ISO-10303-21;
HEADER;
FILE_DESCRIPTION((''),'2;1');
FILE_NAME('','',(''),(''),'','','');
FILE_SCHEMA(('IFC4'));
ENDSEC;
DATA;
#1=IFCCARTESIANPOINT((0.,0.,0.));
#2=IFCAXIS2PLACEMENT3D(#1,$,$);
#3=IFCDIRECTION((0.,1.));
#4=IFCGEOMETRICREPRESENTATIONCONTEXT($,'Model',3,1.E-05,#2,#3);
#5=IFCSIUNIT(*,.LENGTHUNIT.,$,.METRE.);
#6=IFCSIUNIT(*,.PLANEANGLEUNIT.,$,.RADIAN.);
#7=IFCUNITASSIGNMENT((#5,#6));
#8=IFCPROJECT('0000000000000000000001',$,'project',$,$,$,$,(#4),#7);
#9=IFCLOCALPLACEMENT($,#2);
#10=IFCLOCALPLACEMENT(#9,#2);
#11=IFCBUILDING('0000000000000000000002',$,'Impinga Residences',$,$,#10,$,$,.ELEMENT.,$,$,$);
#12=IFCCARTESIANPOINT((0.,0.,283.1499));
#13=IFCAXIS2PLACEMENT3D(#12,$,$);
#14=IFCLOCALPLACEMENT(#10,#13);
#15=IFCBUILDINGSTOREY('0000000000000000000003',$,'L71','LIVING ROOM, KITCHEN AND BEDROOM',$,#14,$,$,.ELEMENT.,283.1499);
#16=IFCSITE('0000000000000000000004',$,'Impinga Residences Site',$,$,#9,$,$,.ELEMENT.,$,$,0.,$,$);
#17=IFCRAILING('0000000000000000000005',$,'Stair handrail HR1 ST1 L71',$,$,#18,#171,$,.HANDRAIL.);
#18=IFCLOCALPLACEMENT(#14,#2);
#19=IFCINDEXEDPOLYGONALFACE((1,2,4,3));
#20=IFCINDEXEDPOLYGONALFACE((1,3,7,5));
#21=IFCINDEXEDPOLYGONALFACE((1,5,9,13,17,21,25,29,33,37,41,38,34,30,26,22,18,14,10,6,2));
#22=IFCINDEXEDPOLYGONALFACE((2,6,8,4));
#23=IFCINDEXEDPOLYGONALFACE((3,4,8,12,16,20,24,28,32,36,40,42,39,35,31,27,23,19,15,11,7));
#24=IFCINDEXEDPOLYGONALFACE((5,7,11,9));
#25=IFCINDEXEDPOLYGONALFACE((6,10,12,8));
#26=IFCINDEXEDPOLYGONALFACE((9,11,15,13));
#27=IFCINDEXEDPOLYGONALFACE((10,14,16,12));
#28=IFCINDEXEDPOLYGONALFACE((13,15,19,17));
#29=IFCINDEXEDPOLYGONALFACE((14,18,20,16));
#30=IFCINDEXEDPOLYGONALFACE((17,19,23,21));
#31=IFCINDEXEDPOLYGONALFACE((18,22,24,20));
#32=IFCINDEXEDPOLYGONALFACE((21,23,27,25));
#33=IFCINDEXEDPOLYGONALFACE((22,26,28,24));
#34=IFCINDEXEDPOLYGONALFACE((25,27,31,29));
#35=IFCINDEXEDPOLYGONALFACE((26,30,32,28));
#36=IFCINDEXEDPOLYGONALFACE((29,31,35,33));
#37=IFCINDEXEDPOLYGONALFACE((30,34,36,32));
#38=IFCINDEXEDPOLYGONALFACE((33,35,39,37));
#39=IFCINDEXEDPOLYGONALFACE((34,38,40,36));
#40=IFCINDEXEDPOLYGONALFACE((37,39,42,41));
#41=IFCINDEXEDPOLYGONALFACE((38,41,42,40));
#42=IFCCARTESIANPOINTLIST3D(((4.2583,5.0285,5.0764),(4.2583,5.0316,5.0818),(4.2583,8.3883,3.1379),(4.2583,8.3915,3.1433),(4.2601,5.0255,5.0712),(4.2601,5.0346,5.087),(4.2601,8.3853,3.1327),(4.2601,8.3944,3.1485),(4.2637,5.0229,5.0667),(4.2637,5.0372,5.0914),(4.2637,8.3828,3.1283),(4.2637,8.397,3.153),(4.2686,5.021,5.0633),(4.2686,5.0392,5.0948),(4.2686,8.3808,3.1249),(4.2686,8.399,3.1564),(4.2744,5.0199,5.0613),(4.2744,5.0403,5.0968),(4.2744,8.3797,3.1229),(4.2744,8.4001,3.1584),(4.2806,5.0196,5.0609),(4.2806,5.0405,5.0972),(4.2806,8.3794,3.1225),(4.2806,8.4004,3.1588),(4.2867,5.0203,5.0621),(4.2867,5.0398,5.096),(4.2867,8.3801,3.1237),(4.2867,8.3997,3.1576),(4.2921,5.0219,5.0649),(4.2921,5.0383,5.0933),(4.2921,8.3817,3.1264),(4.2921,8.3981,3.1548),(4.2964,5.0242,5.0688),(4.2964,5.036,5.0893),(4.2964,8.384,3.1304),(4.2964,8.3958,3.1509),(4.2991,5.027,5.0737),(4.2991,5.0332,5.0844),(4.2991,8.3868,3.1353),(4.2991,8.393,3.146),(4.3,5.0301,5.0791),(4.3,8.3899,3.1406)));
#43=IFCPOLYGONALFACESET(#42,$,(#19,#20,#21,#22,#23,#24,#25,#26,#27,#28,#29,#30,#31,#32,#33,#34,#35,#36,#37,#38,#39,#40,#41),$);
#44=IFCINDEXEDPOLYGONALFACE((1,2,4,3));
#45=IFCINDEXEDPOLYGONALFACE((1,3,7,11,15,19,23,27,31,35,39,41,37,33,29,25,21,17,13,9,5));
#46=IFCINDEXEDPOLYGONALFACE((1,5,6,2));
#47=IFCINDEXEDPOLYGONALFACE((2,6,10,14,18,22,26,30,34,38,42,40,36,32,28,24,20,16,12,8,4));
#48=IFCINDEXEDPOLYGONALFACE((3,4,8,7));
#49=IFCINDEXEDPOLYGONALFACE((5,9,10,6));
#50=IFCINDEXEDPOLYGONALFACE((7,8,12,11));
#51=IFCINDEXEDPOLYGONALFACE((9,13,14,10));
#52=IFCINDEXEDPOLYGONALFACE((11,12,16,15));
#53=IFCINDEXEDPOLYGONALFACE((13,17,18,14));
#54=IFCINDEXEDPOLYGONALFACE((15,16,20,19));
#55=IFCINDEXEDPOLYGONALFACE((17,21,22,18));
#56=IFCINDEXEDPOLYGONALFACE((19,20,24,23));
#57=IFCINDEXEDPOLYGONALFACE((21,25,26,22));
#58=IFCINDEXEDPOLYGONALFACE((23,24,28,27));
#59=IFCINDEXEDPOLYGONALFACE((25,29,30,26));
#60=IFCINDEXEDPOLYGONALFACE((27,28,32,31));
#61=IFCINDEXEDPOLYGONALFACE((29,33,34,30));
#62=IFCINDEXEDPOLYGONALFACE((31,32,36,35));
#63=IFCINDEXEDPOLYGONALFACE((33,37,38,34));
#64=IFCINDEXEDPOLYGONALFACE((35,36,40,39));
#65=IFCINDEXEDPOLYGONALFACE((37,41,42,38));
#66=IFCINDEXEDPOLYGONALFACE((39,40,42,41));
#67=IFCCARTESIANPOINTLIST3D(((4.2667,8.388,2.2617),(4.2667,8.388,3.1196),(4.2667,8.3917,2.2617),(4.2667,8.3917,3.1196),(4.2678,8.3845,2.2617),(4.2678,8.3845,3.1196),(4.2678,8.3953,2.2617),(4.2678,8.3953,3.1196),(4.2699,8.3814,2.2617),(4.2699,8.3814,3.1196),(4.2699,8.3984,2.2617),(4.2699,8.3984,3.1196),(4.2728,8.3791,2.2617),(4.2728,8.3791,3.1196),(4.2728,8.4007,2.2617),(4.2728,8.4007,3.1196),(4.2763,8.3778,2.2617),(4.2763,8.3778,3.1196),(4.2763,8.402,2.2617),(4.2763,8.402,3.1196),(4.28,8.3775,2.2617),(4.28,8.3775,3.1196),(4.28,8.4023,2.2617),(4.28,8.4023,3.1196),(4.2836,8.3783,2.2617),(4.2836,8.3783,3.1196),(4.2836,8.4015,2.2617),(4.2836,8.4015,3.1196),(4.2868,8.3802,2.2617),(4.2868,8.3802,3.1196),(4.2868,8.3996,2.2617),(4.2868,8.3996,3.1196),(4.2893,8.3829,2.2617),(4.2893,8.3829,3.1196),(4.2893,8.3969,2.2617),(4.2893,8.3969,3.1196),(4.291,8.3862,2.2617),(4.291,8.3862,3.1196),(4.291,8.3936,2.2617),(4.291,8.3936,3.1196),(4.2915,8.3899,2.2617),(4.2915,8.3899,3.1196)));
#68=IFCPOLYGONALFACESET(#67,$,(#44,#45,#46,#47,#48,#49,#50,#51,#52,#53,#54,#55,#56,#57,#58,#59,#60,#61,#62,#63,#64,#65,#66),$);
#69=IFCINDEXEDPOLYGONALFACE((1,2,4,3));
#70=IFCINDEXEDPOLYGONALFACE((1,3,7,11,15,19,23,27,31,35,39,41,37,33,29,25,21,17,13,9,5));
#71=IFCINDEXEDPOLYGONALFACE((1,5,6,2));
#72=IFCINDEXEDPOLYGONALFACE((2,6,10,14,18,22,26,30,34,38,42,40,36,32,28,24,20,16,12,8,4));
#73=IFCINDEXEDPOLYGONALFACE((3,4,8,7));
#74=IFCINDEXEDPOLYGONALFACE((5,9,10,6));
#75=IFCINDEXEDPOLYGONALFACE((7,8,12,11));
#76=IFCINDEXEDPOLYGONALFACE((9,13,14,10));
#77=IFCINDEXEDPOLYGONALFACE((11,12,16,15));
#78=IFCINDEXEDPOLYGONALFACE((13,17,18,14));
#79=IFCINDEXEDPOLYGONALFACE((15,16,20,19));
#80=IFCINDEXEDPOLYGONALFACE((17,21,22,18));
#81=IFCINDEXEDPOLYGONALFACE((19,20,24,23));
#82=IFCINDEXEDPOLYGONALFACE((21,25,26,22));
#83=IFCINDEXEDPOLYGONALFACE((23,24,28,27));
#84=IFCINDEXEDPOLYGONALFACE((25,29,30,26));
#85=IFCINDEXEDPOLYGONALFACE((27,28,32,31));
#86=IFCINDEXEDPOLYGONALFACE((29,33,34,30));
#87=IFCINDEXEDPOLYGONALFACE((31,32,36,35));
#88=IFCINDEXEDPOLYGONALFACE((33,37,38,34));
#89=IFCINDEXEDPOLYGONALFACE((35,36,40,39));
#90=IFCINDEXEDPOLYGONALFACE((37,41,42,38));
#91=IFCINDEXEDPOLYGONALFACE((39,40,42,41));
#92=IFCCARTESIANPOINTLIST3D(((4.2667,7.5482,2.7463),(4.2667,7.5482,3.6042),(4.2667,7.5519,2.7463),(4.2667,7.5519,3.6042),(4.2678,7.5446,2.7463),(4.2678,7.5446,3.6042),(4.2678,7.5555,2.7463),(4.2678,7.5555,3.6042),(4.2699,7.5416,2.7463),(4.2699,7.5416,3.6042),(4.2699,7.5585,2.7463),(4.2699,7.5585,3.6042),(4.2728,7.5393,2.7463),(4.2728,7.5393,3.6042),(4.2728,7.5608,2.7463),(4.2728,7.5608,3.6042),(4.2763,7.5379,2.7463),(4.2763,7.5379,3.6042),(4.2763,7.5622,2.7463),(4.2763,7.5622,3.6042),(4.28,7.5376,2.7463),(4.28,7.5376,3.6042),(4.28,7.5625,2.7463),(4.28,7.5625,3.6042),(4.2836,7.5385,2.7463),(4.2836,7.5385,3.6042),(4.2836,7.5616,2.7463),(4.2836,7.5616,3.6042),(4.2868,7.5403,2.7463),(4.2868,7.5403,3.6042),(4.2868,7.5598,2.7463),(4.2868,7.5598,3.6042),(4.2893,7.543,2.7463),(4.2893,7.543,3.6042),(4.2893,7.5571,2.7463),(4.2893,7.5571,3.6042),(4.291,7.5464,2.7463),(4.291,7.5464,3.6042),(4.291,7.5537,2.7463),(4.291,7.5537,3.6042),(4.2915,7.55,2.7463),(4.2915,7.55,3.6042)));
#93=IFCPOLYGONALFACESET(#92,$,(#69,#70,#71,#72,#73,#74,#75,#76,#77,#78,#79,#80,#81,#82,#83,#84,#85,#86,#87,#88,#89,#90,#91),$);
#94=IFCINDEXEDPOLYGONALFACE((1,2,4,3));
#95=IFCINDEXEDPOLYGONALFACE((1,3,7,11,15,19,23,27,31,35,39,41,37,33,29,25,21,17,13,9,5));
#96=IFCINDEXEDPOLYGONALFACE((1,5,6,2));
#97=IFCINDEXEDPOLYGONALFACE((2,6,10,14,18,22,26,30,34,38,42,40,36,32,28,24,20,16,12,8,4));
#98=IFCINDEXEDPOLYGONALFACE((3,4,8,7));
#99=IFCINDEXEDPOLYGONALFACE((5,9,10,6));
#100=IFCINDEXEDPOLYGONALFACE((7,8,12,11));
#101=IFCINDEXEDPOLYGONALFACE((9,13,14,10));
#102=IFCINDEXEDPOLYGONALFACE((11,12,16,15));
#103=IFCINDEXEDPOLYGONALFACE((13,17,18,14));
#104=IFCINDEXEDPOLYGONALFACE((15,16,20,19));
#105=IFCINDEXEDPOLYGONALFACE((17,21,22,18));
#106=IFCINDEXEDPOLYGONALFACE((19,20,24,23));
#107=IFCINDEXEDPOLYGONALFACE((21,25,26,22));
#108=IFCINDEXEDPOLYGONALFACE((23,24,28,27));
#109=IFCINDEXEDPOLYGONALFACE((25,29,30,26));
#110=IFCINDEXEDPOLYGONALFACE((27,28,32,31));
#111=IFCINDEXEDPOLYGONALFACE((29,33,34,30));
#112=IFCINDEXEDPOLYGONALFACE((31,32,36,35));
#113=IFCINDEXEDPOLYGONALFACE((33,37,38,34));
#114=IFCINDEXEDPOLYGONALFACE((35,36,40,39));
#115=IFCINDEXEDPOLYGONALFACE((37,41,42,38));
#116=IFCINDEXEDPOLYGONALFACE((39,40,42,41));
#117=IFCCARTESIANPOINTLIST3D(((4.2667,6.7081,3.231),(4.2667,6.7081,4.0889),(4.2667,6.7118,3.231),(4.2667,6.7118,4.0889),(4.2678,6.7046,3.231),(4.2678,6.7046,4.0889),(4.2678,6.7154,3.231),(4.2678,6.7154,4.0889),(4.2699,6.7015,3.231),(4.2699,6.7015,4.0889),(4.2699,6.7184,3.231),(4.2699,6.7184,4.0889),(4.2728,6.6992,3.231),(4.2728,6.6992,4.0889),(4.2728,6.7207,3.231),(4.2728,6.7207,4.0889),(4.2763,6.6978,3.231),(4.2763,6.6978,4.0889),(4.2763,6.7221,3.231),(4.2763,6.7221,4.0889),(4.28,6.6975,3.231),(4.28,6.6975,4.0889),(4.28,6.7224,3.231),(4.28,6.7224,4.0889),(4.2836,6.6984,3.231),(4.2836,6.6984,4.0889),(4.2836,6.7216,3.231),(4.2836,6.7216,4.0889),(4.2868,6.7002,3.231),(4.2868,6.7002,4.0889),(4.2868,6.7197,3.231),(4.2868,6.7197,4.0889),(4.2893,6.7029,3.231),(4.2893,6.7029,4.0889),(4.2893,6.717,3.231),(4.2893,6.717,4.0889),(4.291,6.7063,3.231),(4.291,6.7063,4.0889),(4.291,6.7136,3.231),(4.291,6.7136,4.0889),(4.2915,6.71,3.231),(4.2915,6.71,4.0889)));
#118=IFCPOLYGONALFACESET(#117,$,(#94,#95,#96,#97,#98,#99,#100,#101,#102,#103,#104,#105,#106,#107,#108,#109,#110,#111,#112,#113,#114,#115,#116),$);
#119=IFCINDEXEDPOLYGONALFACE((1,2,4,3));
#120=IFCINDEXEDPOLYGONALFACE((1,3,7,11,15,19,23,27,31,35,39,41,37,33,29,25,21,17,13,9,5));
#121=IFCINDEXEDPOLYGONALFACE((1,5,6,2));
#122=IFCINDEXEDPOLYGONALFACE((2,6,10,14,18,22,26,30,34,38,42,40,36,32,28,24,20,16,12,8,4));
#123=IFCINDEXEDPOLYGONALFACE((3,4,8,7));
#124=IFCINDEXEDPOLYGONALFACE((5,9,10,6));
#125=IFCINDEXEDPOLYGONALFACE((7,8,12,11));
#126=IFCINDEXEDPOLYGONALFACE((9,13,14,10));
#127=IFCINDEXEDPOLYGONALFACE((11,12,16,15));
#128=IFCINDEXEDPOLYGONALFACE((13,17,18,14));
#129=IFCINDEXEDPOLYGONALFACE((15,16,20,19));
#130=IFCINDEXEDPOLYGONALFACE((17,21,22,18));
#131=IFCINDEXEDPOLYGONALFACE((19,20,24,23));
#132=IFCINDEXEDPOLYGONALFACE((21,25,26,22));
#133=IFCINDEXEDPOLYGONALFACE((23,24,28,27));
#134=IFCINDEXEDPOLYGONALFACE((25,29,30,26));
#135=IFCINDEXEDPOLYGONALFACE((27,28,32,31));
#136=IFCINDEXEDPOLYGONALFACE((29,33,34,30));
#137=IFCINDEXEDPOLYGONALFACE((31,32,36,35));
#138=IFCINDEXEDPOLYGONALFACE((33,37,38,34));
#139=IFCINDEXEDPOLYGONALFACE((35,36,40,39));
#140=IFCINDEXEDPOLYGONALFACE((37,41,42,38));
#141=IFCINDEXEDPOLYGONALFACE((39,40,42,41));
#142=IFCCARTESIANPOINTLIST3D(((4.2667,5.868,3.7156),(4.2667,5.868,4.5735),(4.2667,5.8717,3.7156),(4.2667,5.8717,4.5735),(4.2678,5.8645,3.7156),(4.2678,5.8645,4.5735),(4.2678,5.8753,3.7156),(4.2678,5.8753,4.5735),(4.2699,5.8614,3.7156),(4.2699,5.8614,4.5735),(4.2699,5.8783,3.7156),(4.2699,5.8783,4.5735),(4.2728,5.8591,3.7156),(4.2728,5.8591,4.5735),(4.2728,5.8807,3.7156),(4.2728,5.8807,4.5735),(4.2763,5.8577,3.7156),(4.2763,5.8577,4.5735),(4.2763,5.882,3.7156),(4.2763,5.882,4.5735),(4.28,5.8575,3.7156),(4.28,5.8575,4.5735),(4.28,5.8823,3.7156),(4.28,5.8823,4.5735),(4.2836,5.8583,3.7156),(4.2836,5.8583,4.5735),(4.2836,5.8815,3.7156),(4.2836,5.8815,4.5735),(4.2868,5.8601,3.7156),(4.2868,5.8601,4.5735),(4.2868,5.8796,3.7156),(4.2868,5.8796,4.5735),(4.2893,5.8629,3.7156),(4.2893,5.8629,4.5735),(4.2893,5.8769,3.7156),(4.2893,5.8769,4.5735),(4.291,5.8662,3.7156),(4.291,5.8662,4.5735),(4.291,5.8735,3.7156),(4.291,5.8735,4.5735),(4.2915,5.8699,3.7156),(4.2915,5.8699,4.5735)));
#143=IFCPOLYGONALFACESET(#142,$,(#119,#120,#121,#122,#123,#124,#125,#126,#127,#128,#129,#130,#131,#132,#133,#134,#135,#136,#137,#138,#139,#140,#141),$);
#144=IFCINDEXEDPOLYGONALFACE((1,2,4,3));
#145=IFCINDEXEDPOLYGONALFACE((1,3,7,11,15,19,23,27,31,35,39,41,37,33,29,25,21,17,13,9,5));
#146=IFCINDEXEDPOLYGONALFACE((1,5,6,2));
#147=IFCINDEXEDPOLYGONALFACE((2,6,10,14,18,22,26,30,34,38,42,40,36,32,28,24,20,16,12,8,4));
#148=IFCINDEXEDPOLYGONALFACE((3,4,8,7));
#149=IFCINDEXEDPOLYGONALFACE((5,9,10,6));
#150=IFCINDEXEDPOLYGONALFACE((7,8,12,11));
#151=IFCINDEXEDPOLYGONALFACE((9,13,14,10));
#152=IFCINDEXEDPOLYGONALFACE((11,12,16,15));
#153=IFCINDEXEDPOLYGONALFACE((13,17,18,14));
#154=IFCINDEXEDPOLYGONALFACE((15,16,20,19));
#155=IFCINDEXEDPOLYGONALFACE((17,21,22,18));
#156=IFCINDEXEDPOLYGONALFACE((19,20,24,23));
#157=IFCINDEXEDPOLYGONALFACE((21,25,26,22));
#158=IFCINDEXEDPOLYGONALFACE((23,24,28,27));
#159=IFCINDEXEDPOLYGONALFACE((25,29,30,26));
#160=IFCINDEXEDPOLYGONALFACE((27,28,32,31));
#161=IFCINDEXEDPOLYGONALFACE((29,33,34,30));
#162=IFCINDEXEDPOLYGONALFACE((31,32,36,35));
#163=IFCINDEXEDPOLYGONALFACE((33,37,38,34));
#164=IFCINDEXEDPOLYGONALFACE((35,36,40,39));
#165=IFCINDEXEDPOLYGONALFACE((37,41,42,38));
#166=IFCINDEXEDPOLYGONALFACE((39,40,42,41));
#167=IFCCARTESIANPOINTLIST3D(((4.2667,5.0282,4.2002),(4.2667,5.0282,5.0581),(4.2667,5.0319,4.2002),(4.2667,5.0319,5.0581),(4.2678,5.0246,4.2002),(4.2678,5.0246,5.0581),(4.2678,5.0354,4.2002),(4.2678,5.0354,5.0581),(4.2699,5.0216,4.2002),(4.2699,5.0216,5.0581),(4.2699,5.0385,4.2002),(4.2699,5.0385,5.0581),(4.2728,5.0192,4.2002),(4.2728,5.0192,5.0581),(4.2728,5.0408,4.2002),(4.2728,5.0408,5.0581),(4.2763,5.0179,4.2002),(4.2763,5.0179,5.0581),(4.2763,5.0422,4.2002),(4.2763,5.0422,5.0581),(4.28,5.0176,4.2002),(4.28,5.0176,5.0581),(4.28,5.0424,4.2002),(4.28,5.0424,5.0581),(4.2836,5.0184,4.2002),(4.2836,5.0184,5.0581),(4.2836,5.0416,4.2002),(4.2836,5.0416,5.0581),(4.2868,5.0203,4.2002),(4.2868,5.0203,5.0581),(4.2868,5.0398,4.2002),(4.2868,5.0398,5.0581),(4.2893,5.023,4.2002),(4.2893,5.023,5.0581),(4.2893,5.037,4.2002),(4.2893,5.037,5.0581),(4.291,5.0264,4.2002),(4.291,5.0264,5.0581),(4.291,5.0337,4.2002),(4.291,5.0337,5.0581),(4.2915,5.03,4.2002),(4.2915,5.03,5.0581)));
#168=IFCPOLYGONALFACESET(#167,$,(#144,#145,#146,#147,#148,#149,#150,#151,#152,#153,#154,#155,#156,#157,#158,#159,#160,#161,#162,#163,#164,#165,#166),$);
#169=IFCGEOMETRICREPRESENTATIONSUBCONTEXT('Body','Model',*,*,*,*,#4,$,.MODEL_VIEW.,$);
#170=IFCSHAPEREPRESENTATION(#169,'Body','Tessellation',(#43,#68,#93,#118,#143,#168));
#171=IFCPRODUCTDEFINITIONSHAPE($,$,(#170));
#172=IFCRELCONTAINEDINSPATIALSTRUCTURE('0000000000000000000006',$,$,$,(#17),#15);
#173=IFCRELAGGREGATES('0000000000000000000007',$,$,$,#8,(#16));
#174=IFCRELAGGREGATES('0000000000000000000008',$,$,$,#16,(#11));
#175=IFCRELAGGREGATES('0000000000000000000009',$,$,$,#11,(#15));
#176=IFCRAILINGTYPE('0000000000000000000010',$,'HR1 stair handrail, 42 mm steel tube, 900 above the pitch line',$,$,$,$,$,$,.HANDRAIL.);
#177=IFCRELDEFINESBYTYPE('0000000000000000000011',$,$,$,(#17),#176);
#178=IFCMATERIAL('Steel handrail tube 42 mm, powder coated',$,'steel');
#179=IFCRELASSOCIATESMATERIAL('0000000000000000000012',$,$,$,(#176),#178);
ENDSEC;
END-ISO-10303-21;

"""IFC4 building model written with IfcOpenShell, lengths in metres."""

from ifc_helpers import new_model, si_unit, direction, frame, origin, origin_2d, place, context, subcontext, project, spatial, circle, extrude, material, type_object, element, save


model = new_model("IFC4")

# Units and contexts
model_context = context("Model", 3, precision=1e-05, world=origin(), true_north=direction((0.0, 1.0)))
body_context = subcontext(model_context, "Body", "Model", "MODEL_VIEW")
ifc_project = project(units=[si_unit("LENGTHUNIT", "METRE"), si_unit("PLANEANGLEUNIT", "RADIAN")], contexts=[model_context])

# Site, building, storey
site_placement = place(None, origin())
site = spatial("IfcSite", under=ifc_project, at=site_placement, Name="Impinga Residences Site", CompositionType="ELEMENT", RefElevation=0.0)
building_placement = place(site_placement, origin())
building = spatial("IfcBuilding", under=site, at=building_placement, Name="Impinga Residences", CompositionType="ELEMENT")
storey_placement = place(building_placement, frame((0.0, 0.0, 283.1499)))
storey = spatial("IfcBuildingStorey", under=building, at=storey_placement, Name="L71", Description="LIVING ROOM, KITCHEN AND BEDROOM", CompositionType="ELEMENT", Elevation=283.1499)

# Railing
ifc_material_1 = material(Name="Steel handrail tube 42 mm, powder coated", Category="steel")
railing_type_1 = type_object("IfcRailingType", Name="HR1 stair handrail, 42 mm steel tube, 900 above the pitch line", PredefinedType="HANDRAIL", material=ifc_material_1)
railing_1_placement = place(storey_placement, frame((4.2791, 8.3899, 2.2617)))
element("IfcRailing", 1, at=railing_1_placement, inside=storey, type_object=railing_type_1, Name="Stair handrail HR1 ST1 L71", PredefinedType="HANDRAIL", context=body_context, shape_type="SweptSolid", body=[
    extrude(circle(Radius=0.021, at=origin_2d()), frame((0.0, 0.0, 0.8789), z_axis=(0.0, -0.866175, 0.499741), x_axis=(1.0, 0.0, 0.0)), (0.0, 0.0, 1.0), 3.8789),
    extrude(circle(Radius=0.0125, at=origin_2d()), origin(), (0.0, 0.0, 1.0), 0.8579),
    extrude(circle(Radius=0.0125, at=origin_2d()), frame((0.0, -0.8398, 0.4846)), (0.0, 0.0, 1.0), 0.8579),
    extrude(circle(Radius=0.0125, at=origin_2d()), frame((0.0, -1.6799, 0.9692)), (0.0, 0.0, 1.0), 0.8579),
    extrude(circle(Radius=0.0125, at=origin_2d()), frame((0.0, -2.52, 1.4539)), (0.0, 0.0, 1.0), 0.8579),
    extrude(circle(Radius=0.0125, at=origin_2d()), frame((0.0, -3.3599, 1.9385)), (0.0, 0.0, 1.0), 0.8579),
])

save(model, "model.ifc")
